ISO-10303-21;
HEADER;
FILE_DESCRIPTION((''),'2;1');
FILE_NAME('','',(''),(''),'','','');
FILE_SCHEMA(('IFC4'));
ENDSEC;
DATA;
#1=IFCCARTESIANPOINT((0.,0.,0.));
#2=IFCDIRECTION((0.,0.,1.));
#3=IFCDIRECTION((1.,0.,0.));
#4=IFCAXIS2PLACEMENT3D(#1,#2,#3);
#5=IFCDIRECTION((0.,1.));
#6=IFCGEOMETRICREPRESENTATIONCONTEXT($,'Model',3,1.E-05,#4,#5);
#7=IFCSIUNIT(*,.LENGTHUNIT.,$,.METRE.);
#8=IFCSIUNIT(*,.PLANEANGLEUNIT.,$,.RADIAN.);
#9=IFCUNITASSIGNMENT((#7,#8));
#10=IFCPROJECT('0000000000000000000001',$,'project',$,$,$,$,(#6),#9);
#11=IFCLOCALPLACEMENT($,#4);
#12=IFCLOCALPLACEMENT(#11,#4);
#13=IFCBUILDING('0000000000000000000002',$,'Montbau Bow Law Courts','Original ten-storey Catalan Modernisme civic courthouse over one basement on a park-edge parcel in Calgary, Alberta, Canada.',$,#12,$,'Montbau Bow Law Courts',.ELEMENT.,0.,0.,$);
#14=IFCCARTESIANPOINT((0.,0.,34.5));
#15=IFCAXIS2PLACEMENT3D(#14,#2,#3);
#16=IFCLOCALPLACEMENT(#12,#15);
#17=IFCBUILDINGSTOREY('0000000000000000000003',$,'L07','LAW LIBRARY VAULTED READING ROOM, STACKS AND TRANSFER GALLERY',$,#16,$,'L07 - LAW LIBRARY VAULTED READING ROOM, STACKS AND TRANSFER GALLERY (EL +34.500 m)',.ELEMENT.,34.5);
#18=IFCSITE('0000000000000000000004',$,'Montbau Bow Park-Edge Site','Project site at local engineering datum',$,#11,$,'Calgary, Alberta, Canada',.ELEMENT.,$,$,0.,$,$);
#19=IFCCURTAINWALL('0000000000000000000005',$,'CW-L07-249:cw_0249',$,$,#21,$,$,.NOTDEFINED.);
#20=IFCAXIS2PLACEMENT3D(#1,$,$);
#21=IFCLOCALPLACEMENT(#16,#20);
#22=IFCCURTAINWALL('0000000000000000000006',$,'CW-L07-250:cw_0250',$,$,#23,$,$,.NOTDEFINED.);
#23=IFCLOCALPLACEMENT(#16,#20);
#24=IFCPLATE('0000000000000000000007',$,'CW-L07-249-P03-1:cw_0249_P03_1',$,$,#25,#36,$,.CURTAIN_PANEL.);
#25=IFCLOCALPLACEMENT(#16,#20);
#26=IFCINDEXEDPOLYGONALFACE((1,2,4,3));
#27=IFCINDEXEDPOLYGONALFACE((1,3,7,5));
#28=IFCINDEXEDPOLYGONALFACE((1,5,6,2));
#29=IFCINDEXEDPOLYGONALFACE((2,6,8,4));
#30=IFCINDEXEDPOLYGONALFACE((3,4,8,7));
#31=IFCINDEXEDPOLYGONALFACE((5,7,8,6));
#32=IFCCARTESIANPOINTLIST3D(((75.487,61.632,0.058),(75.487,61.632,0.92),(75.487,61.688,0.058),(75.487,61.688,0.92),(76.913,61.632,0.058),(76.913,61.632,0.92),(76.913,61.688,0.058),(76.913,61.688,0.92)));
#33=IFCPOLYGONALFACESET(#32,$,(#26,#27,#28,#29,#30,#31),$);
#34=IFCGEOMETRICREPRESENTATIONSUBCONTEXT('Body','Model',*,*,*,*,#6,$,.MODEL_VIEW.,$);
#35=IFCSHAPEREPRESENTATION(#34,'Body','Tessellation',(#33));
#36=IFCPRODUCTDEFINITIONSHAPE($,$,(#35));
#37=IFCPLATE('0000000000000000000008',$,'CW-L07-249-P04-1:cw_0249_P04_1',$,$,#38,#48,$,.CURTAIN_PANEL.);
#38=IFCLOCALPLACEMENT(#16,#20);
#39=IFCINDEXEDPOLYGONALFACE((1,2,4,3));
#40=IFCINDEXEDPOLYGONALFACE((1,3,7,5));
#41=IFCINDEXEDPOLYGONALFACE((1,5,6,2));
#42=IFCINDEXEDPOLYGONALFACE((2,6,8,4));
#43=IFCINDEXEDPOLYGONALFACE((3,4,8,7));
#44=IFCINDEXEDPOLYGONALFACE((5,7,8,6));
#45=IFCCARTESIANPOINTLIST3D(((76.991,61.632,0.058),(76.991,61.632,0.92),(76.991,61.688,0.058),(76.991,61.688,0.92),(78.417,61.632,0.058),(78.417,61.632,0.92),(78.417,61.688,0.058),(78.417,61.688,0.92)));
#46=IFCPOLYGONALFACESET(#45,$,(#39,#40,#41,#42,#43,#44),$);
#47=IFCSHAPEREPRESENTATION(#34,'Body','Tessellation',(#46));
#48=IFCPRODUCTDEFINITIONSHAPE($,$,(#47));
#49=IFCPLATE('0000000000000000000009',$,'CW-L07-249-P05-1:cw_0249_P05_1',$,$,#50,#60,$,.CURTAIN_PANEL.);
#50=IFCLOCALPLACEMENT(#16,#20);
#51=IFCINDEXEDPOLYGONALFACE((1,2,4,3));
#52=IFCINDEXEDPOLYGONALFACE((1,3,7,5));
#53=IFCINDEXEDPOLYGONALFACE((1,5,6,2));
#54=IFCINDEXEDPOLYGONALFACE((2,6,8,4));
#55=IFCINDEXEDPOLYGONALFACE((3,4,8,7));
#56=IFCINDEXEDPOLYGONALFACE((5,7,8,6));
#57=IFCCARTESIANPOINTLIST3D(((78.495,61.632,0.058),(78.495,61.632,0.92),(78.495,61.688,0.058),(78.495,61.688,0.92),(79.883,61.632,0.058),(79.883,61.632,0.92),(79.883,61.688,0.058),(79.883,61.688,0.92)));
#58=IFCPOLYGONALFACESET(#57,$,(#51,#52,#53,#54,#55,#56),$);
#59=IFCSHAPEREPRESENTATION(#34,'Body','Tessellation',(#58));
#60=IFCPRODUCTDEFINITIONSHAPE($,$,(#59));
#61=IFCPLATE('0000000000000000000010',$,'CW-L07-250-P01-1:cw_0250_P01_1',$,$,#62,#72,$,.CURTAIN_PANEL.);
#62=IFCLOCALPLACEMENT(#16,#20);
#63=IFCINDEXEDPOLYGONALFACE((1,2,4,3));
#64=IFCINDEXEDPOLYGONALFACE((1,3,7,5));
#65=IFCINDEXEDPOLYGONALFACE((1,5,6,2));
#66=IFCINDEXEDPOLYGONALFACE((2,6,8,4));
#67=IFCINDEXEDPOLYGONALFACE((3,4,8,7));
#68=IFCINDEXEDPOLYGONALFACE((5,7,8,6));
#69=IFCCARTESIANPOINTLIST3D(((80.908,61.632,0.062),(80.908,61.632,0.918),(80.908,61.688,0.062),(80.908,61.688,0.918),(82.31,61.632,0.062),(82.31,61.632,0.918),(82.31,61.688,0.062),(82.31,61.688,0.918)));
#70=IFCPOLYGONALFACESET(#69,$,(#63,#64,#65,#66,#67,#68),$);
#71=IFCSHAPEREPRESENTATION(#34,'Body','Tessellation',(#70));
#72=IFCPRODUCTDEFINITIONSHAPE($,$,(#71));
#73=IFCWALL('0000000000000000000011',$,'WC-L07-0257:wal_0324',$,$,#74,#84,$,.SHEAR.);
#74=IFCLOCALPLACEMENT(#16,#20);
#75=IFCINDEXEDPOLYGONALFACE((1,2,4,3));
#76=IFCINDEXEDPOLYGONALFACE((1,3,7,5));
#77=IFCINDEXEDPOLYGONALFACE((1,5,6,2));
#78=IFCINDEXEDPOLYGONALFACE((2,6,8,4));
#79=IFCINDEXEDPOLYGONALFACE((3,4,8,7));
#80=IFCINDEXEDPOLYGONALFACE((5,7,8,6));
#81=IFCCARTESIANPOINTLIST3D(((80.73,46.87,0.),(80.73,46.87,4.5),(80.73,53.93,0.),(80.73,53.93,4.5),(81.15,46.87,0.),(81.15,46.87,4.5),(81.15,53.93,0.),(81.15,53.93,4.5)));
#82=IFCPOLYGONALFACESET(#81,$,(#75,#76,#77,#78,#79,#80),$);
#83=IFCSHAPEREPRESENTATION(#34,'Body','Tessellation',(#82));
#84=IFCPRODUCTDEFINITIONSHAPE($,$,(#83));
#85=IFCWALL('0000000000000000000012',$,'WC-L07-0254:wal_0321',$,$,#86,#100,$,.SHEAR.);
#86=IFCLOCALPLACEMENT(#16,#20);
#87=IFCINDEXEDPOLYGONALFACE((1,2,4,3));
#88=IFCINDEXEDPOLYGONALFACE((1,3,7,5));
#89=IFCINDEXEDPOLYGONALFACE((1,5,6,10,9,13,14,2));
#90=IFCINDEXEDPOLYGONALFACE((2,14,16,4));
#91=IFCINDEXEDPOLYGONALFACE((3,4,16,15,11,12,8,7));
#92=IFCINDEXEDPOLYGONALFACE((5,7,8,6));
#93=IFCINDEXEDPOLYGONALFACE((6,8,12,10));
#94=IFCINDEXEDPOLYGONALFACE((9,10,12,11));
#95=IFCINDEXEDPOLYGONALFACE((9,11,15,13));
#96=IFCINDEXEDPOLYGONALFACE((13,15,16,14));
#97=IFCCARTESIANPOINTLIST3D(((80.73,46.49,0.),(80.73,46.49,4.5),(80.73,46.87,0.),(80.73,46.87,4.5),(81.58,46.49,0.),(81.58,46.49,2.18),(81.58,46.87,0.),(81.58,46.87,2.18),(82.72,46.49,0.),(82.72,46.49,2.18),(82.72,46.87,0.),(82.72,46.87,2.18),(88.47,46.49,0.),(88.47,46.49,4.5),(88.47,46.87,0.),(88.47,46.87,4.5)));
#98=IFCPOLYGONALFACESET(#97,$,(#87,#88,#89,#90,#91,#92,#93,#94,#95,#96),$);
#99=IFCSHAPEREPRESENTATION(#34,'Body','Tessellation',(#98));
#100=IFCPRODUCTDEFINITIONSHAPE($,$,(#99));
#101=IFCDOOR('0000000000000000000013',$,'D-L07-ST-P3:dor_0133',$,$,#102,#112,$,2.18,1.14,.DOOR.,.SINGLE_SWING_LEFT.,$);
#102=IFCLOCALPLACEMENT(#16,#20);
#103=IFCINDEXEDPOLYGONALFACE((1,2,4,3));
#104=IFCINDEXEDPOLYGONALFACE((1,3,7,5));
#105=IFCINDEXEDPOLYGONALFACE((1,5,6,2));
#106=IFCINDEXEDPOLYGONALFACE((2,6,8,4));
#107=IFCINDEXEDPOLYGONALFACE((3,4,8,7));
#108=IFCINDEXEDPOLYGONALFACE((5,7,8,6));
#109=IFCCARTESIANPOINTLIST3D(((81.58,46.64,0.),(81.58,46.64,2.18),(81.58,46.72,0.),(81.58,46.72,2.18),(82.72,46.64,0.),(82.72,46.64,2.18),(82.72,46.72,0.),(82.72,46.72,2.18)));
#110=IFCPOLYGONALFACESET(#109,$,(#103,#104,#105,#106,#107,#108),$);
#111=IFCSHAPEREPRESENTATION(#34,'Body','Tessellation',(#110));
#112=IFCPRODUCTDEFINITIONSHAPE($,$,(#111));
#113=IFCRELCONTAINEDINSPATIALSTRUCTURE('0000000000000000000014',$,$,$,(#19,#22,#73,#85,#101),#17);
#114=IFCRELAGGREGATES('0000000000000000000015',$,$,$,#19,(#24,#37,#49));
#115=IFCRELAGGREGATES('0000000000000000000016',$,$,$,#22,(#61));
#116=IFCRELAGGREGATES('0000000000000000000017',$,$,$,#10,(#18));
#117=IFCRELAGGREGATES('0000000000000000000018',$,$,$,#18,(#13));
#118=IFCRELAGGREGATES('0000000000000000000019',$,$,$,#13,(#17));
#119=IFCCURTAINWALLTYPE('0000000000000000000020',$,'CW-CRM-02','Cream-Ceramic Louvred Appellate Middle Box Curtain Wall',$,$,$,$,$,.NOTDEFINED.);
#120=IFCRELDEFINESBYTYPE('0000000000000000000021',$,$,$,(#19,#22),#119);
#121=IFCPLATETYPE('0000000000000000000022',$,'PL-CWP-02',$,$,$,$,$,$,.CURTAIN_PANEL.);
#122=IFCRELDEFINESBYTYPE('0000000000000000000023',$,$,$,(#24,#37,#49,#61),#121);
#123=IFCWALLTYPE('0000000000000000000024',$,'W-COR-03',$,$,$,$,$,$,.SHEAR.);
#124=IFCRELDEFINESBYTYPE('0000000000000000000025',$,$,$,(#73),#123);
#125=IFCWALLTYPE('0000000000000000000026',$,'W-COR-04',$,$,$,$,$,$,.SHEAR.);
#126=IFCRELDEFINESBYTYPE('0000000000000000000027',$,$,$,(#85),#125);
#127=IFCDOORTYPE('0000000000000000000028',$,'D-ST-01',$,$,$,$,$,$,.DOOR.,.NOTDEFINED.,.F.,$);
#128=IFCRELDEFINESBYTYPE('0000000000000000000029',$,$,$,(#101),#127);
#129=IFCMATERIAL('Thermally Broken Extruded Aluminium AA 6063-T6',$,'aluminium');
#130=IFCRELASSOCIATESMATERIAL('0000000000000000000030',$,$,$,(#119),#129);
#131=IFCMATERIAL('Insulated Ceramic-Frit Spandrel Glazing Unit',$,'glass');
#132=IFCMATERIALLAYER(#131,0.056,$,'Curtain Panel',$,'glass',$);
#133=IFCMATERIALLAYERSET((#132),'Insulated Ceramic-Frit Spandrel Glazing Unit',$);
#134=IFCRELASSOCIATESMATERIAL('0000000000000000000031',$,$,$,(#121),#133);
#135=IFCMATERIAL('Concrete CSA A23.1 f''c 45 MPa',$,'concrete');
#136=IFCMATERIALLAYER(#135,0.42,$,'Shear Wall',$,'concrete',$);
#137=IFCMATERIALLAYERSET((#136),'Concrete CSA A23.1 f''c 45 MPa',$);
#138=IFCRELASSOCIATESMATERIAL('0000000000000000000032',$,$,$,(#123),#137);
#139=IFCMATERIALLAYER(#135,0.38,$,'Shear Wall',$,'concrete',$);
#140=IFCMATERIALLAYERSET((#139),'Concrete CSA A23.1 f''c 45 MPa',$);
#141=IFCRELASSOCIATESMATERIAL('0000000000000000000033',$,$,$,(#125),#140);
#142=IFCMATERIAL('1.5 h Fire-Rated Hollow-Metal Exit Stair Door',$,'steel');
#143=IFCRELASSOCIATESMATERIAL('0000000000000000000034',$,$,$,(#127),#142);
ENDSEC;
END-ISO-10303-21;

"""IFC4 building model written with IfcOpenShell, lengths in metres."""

from ifc_helpers import new_model, si_unit, direction, frame, frame_2d, origin_with_axes, place, context, subcontext, project, spatial, rectangle, extrude, material, layer, layer_set, type_object, element, fill, aggregate, save


model = new_model("IFC4")

# Units and contexts
model_context = context("Model", 3, precision=1e-05, world=origin_with_axes(), true_north=direction((0.0, 1.0)))
body_context = subcontext(model_context, "Body", "Model", "MODEL_VIEW")
ifc_project = project(units=[si_unit("LENGTHUNIT", "METRE"), si_unit("PLANEANGLEUNIT", "RADIAN")], contexts=[model_context])

# Site, building, storey
site_placement = place(None, origin_with_axes())
site = spatial("IfcSite", under=ifc_project, at=site_placement, Name="Montbau Bow Park-Edge Site", Description="Project site at local engineering datum", LongName="Calgary, Alberta, Canada", CompositionType="ELEMENT", RefElevation=0.0)
building_placement = place(site_placement, origin_with_axes())
building = spatial("IfcBuilding", under=site, at=building_placement, Name="Montbau Bow Law Courts", Description="Original ten-storey Catalan Modernisme civic courthouse over one basement on a park-edge parcel in Calgary, Alberta, Canada.", LongName="Montbau Bow Law Courts", CompositionType="ELEMENT", ElevationOfRefHeight=0.0, ElevationOfTerrain=0.0)
storey_placement = place(building_placement, frame((0.0, 0.0, 34.5), z_axis=(0.0, 0.0, 1.0), x_axis=(1.0, 0.0, 0.0)))
storey = spatial("IfcBuildingStorey", under=building, at=storey_placement, Name="L07", Description="LAW LIBRARY VAULTED READING ROOM, STACKS AND TRANSFER GALLERY", LongName="L07 - LAW LIBRARY VAULTED READING ROOM, STACKS AND TRANSFER GALLERY (EL +34.500 m)", CompositionType="ELEMENT", Elevation=34.5)

# Curtain walls
ifc_material_1 = material(Name="Thermally Broken Extruded Aluminium AA 6063-T6", Category="aluminium")
curtain_wall_type = type_object("IfcCurtainWallType", Name="CW-CRM-02", Description="Cream-Ceramic Louvred Appellate Middle Box Curtain Wall", PredefinedType="NOTDEFINED", material=ifc_material_1)
curtain_wall_1_placement = place(None, frame((72.44, 61.66, 34.5), z_axis=(0.0, 0.0, 1.0), x_axis=(1.0, 0.0, 0.0)))
curtain_wall_1 = element("IfcCurtainWall", 1, at=curtain_wall_1_placement, inside=storey, type_object=curtain_wall_type, Name="CW-L07-249:cw_0249", PredefinedType="NOTDEFINED")
curtain_wall_2_placement = place(None, frame((80.84, 61.66, 34.5), z_axis=(0.0, 0.0, 1.0), x_axis=(1.0, 0.0, 0.0)))
curtain_wall_2 = element("IfcCurtainWall", 2, at=curtain_wall_2_placement, inside=storey, type_object=curtain_wall_type, Name="CW-L07-250:cw_0250", PredefinedType="NOTDEFINED")

# Plates
ifc_material_2 = material(Name="Insulated Ceramic-Frit Spandrel Glazing Unit", Category="glass")
ifc_layer_1 = layer(ifc_material_2, 0.056, Name="Curtain Panel", Category="glass")
ifc_layer_set_1 = layer_set([ifc_layer_1], Name="Insulated Ceramic-Frit Spandrel Glazing Unit")
plate_type_1 = type_object("IfcPlateType", Name="PL-CWP-02", PredefinedType="CURTAIN_PANEL", material=ifc_layer_set_1)
plate_1_placement = place(None, frame((75.487, 61.66, 34.558), z_axis=(0.0, -1.0, 0.0), x_axis=(1.0, 0.0, 0.0)))
plate_1 = element("IfcPlate", 3, at=plate_1_placement, type_object=plate_type_1, Name="CW-L07-249-P03-1:cw_0249_P03_1", PredefinedType="CURTAIN_PANEL", context=body_context, shape_type="SweptSolid", body=[
    extrude(rectangle(XDim=1.426, YDim=0.862, at=frame_2d((0.713, 0.431), x_axis=(1.0, 0.0))), frame((0.0, 0.0, -0.028), z_axis=(0.0, 0.0, 1.0), x_axis=(1.0, 0.0, 0.0)), (0.0, 0.0, 1.0), 0.056),
])
plate_2_placement = place(None, frame((76.991, 61.66, 34.558), z_axis=(0.0, -1.0, 0.0), x_axis=(1.0, 0.0, 0.0)))
plate_2 = element("IfcPlate", 4, at=plate_2_placement, type_object=plate_type_1, Name="CW-L07-249-P04-1:cw_0249_P04_1", PredefinedType="CURTAIN_PANEL", context=body_context, shape_type="SweptSolid", body=[
    extrude(rectangle(XDim=1.426, YDim=0.862, at=frame_2d((0.713, 0.431), x_axis=(1.0, 0.0))), frame((0.0, 0.0, -0.028), z_axis=(0.0, 0.0, 1.0), x_axis=(1.0, 0.0, 0.0)), (0.0, 0.0, 1.0), 0.056),
])
plate_3_placement = place(None, frame((78.495, 61.66, 34.558), z_axis=(0.0, -1.0, 0.0), x_axis=(1.0, 0.0, 0.0)))
plate_3 = element("IfcPlate", 5, at=plate_3_placement, type_object=plate_type_1, Name="CW-L07-249-P05-1:cw_0249_P05_1", PredefinedType="CURTAIN_PANEL", context=body_context, shape_type="SweptSolid", body=[
    extrude(rectangle(XDim=1.388, YDim=0.862, at=frame_2d((0.694, 0.431), x_axis=(1.0, 0.0))), frame((0.0, 0.0, -0.028), z_axis=(0.0, 0.0, 1.0), x_axis=(1.0, 0.0, 0.0)), (0.0, 0.0, 1.0), 0.056),
])
aggregate(curtain_wall_1, [plate_1, plate_2, plate_3])
plate_4_placement = place(None, frame((80.908, 61.66, 34.562), z_axis=(0.0, -1.0, 0.0), x_axis=(1.0, 0.0, 0.0)))
plate_4 = element("IfcPlate", 6, at=plate_4_placement, type_object=plate_type_1, Name="CW-L07-250-P01-1:cw_0250_P01_1", PredefinedType="CURTAIN_PANEL", context=body_context, shape_type="SweptSolid", body=[
    extrude(rectangle(XDim=1.402, YDim=0.856, at=frame_2d((0.701, 0.428), x_axis=(1.0, 0.0))), frame((0.0, 0.0, -0.028), z_axis=(0.0, 0.0, 1.0), x_axis=(1.0, 0.0, 0.0)), (0.0, 0.0, 1.0), 0.056),
])
aggregate(curtain_wall_2, [plate_4])

# Wall
ifc_material_3 = material(Name="Concrete CSA A23.1 f'c 45 MPa", Category="concrete")
ifc_layer_2 = layer(ifc_material_3, 0.42, Name="Shear Wall", Category="concrete")
ifc_layer_set_2 = layer_set([ifc_layer_2], Name="Concrete CSA A23.1 f'c 45 MPa")
wall_type_1 = type_object("IfcWallType", Name="W-COR-03", PredefinedType="SHEAR", material=ifc_layer_set_2)
wall_1_placement = place(None, frame((80.94, 53.93, 34.5), z_axis=(0.0, 0.0, 1.0), x_axis=(0.0, -1.0, 0.0)))
element("IfcWall", 7, at=wall_1_placement, inside=storey, type_object=wall_type_1, Name="WC-L07-0257:wal_0324", PredefinedType="SHEAR", context=body_context, shape_type="SweptSolid", body=[
    extrude(rectangle(XDim=7.06, YDim=0.42, at=frame_2d((3.53, 0.0), x_axis=(1.0, 0.0))), origin_with_axes(), (0.0, 0.0, 1.0), 4.5),
])

# Wall, opening, door
ifc_layer_3 = layer(ifc_material_3, 0.38, Name="Shear Wall", Category="concrete")
ifc_layer_set_3 = layer_set([ifc_layer_3], Name="Concrete CSA A23.1 f'c 45 MPa")
wall_type_2 = type_object("IfcWallType", Name="W-COR-04", PredefinedType="SHEAR", material=ifc_layer_set_3)
wall_2_placement = place(None, frame((80.73, 46.68, 34.5), z_axis=(0.0, 0.0, 1.0), x_axis=(1.0, 0.0, 0.0)))
wall_2 = element("IfcWall", 8, at=wall_2_placement, inside=storey, type_object=wall_type_2, Name="WC-L07-0254:wal_0321", PredefinedType="SHEAR", context=body_context, shape_type="SweptSolid", body=[
    extrude(rectangle(XDim=7.74, YDim=0.38, at=frame_2d((3.87, 0.0), x_axis=(1.0, 0.0))), origin_with_axes(), (0.0, 0.0, 1.0), 4.5),
])
opening_placement = place(None, frame((82.15, 46.68, 34.5), z_axis=(0.0, 0.0, 1.0), x_axis=(1.0, 0.0, 0.0)))
opening = element("IfcOpeningElement", 9, at=opening_placement, cuts=wall_2, PredefinedType="OPENING", context=body_context, shape_type="SweptSolid", body=[
    extrude(rectangle(XDim=1.14, YDim=2.18, at=frame_2d((0.0, 1.09), x_axis=(1.0, 0.0))), frame((0.0, 0.2, 0.0), z_axis=(0.0, -1.0, 0.0), x_axis=(1.0, 0.0, 0.0)), (0.0, 0.0, 1.0), 0.4),
])
ifc_material_4 = material(Name="1.5 h Fire-Rated Hollow-Metal Exit Stair Door", Category="steel")
door_type = type_object("IfcDoorType", Name="D-ST-01", OperationType="NOTDEFINED", ParameterTakesPrecedence=False, PredefinedType="DOOR", material=ifc_material_4)
door_placement = place(None, frame((82.15, 46.68, 34.5), z_axis=(0.0, 0.0, 1.0), x_axis=(-1.0, 0.0, 0.0)))
door = element("IfcDoor", 10, at=door_placement, inside=storey, type_object=door_type, Name="D-L07-ST-P3:dor_0133", OperationType="SINGLE_SWING_LEFT", OverallHeight=2.18, OverallWidth=1.14, PredefinedType="DOOR", context=body_context, shape_type="SweptSolid", body=[
    extrude(rectangle(XDim=1.14, YDim=2.18, at=frame_2d((0.0, 1.09), x_axis=(1.0, 0.0))), frame((0.0, 0.04, 0.0), z_axis=(0.0, -1.0, 0.0), x_axis=(1.0, 0.0, 0.0)), (0.0, 0.0, 1.0), 0.08),
])
fill(opening, door)

save(model, "model.ifc")
